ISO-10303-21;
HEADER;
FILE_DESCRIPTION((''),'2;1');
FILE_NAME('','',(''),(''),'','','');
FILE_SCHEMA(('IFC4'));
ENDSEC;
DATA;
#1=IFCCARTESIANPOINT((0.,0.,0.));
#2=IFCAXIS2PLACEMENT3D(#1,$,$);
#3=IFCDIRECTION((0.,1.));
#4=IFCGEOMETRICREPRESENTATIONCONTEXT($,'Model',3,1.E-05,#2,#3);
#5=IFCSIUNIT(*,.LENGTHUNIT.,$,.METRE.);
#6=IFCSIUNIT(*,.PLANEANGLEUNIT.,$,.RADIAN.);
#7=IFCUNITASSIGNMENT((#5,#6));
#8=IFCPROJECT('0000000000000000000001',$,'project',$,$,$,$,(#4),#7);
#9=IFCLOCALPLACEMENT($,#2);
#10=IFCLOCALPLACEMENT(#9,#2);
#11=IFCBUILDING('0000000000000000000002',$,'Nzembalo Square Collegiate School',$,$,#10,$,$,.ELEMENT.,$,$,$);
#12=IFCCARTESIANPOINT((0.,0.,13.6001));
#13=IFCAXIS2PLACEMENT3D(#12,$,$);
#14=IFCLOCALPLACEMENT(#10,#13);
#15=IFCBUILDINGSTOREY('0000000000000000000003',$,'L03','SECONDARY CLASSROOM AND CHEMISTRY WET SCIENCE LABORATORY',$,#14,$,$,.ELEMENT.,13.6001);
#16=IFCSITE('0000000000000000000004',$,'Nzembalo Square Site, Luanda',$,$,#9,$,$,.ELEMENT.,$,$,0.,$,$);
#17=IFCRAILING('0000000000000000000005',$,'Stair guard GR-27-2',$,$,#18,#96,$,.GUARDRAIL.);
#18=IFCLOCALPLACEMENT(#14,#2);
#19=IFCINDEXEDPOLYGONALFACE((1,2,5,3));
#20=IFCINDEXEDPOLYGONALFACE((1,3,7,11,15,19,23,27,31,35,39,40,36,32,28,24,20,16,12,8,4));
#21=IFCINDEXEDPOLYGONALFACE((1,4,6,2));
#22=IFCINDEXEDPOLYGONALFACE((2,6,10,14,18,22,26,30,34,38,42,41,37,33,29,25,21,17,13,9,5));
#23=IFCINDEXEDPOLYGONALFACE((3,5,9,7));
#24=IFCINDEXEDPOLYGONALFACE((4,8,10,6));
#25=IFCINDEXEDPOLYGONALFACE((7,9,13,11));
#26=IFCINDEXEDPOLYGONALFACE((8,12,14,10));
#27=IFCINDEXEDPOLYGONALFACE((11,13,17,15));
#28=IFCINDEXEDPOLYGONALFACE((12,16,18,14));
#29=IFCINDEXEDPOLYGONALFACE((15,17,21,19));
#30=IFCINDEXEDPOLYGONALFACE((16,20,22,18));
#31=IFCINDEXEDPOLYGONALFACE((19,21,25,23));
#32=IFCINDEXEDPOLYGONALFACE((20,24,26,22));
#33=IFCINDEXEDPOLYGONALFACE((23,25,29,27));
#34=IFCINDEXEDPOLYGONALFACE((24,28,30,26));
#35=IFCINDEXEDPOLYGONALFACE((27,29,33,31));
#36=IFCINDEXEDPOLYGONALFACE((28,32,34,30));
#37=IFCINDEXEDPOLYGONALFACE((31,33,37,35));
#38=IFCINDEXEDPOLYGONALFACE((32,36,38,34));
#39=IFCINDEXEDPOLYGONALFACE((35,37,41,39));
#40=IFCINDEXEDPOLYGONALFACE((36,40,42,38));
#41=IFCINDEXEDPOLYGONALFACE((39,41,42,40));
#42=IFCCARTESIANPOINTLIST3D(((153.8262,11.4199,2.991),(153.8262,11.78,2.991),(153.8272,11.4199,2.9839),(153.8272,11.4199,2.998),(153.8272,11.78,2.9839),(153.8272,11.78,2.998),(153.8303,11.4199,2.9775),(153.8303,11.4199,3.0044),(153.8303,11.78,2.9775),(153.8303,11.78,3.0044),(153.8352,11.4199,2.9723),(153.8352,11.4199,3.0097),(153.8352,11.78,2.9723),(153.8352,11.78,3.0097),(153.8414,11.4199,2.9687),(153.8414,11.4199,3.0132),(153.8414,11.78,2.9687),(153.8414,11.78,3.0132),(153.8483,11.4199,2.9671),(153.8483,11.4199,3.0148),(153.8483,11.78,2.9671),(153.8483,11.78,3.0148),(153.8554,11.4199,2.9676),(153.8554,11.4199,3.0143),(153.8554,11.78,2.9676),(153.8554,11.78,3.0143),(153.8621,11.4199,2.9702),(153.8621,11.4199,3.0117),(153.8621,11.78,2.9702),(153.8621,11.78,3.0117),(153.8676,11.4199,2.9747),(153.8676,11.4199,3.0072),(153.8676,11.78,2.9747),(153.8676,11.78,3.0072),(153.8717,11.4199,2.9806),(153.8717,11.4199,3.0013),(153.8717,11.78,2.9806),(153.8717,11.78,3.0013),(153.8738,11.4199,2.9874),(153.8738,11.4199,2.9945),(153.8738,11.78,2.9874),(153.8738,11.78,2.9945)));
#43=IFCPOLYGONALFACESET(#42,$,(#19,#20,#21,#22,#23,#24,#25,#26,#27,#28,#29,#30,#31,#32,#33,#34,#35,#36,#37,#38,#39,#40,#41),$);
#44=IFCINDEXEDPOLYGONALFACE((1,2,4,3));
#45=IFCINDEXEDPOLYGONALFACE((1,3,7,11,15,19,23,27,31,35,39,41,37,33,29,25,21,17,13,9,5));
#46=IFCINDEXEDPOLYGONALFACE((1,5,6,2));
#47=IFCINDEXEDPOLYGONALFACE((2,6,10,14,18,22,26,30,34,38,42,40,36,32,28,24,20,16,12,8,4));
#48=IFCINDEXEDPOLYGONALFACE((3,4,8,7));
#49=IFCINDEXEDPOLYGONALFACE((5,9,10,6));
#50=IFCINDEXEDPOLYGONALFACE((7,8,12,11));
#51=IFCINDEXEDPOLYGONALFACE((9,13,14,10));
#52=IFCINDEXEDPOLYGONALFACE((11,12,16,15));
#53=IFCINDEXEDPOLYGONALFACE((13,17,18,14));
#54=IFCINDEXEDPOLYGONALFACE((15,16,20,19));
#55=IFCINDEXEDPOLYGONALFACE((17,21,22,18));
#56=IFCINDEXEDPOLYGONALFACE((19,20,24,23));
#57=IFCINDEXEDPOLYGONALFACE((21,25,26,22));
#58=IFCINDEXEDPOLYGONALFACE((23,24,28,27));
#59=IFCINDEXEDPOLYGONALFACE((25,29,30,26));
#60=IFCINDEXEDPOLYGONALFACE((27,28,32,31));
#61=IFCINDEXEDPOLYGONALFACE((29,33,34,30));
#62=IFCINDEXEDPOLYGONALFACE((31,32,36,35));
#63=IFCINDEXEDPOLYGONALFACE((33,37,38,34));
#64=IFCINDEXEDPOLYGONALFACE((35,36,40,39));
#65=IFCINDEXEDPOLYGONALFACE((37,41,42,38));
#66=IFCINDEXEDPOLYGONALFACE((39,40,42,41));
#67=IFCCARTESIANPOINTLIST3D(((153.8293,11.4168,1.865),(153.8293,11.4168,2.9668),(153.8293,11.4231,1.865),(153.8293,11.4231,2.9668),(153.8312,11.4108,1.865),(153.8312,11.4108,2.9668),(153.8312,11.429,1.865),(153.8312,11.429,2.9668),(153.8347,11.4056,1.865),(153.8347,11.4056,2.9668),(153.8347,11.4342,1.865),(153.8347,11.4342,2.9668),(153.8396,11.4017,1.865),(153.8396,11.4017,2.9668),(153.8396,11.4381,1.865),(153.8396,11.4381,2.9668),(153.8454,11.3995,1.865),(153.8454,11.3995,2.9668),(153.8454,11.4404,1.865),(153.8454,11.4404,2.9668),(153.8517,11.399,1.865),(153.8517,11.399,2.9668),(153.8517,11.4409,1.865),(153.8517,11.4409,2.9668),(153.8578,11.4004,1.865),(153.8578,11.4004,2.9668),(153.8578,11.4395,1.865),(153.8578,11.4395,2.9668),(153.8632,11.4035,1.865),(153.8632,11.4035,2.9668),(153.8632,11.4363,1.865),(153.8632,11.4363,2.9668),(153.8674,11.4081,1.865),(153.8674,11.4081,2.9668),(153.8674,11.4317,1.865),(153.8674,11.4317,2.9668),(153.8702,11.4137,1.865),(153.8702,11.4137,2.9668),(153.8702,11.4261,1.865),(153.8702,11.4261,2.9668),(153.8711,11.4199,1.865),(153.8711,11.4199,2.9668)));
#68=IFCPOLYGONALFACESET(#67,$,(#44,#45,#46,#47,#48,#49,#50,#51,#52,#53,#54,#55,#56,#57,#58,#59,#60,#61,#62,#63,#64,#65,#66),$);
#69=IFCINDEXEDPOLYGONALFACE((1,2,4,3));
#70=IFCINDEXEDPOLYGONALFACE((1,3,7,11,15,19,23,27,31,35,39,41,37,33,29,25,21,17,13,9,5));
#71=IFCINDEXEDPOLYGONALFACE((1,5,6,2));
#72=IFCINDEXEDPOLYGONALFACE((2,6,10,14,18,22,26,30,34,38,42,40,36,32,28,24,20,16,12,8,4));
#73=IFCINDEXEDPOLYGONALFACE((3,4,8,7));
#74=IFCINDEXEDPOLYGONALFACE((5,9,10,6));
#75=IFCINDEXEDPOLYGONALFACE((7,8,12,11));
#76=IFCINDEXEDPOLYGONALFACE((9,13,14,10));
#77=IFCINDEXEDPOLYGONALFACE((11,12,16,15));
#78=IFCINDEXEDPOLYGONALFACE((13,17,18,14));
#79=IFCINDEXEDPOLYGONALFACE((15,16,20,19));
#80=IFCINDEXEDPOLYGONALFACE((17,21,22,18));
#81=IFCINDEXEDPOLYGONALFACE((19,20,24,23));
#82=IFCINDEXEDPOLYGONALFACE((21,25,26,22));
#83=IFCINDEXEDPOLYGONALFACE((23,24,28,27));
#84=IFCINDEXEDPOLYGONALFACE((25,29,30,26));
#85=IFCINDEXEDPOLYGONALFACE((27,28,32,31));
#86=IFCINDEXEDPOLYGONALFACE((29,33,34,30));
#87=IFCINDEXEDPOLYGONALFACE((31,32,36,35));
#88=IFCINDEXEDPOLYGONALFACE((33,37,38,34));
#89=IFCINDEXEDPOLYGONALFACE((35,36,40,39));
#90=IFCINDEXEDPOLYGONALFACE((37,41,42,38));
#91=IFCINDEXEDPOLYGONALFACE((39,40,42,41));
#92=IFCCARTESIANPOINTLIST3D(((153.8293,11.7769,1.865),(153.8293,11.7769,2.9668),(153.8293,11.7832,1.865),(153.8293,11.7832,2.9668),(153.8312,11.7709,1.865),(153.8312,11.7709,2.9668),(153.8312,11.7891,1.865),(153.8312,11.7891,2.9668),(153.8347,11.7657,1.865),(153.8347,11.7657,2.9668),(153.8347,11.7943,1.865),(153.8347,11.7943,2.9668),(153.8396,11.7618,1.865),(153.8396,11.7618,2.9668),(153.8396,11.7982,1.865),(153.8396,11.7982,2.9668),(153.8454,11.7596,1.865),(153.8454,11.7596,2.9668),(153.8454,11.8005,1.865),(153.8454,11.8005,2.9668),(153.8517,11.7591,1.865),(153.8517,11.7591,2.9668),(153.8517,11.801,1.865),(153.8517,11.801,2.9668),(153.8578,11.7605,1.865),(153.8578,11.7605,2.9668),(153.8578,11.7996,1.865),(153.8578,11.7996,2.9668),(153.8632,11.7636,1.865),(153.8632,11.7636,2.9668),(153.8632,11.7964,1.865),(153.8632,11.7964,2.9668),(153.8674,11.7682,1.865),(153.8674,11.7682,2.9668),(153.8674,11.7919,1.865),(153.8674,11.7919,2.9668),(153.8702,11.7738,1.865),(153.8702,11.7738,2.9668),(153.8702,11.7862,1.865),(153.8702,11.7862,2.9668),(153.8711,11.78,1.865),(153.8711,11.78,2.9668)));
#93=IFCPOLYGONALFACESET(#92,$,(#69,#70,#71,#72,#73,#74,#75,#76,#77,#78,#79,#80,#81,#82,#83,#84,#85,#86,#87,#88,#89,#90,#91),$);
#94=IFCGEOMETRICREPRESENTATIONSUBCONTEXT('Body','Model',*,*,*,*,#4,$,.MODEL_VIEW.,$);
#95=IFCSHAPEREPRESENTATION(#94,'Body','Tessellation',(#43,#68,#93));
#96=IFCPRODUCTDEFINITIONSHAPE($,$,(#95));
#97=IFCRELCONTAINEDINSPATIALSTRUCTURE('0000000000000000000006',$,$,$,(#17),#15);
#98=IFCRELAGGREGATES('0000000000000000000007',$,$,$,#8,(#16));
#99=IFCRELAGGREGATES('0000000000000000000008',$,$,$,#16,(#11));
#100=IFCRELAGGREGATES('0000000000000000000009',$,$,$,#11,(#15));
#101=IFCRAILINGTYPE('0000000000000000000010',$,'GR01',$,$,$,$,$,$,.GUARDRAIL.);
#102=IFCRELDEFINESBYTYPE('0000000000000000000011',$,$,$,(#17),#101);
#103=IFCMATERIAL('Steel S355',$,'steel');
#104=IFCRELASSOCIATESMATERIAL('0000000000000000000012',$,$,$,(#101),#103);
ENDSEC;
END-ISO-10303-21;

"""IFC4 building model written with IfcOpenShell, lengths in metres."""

from ifc_helpers import new_model, si_unit, direction, frame, origin, origin_2d, place, context, subcontext, project, spatial, circle, extrude, material, type_object, element, save


model = new_model("IFC4")

# Units and contexts
model_context = context("Model", 3, precision=1e-05, world=origin(), true_north=direction((0.0, 1.0)))
body_context = subcontext(model_context, "Body", "Model", "MODEL_VIEW")
ifc_project = project(units=[si_unit("LENGTHUNIT", "METRE"), si_unit("PLANEANGLEUNIT", "RADIAN")], contexts=[model_context])

# Site, building, storey
site_placement = place(None, origin())
site = spatial("IfcSite", under=ifc_project, at=site_placement, Name="Nzembalo Square Site, Luanda", CompositionType="ELEMENT", RefElevation=0.0)
building_placement = place(site_placement, origin())
building = spatial("IfcBuilding", under=site, at=building_placement, Name="Nzembalo Square Collegiate School", CompositionType="ELEMENT")
storey_placement = place(building_placement, frame((0.0, 0.0, 13.6001)))
storey = spatial("IfcBuildingStorey", under=building, at=storey_placement, Name="L03", Description="SECONDARY CLASSROOM AND CHEMISTRY WET SCIENCE LABORATORY", CompositionType="ELEMENT", Elevation=13.6001)

# Railing
ifc_material_1 = material(Name="Steel S355", Category="steel")
railing_type_1 = type_object("IfcRailingType", Name="GR01", PredefinedType="GUARDRAIL", material=ifc_material_1)
railing_1_placement = place(storey_placement, frame((153.8501, 11.4199, 1.865)))
element("IfcRailing", 1, at=railing_1_placement, inside=storey, type_object=railing_type_1, Name="Stair guard GR-27-2", PredefinedType="GUARDRAIL", context=body_context, shape_type="SweptSolid", body=[
    extrude(circle(Radius=0.0239, at=origin_2d()), frame((0.0, 0.0, 1.126), z_axis=(0.0, 1.0, 0.0), x_axis=(-1.0, 0.0, 0.0)), (0.0, 0.0, 1.0), 0.3601),
    extrude(circle(Radius=0.021, at=origin_2d()), origin(), (0.0, 0.0, 1.0), 1.1018),
    extrude(circle(Radius=0.021, at=origin_2d()), frame((0.0, 0.3601, 0.0)), (0.0, 0.0, 1.0), 1.1018),
])

save(model, "model.ifc")
